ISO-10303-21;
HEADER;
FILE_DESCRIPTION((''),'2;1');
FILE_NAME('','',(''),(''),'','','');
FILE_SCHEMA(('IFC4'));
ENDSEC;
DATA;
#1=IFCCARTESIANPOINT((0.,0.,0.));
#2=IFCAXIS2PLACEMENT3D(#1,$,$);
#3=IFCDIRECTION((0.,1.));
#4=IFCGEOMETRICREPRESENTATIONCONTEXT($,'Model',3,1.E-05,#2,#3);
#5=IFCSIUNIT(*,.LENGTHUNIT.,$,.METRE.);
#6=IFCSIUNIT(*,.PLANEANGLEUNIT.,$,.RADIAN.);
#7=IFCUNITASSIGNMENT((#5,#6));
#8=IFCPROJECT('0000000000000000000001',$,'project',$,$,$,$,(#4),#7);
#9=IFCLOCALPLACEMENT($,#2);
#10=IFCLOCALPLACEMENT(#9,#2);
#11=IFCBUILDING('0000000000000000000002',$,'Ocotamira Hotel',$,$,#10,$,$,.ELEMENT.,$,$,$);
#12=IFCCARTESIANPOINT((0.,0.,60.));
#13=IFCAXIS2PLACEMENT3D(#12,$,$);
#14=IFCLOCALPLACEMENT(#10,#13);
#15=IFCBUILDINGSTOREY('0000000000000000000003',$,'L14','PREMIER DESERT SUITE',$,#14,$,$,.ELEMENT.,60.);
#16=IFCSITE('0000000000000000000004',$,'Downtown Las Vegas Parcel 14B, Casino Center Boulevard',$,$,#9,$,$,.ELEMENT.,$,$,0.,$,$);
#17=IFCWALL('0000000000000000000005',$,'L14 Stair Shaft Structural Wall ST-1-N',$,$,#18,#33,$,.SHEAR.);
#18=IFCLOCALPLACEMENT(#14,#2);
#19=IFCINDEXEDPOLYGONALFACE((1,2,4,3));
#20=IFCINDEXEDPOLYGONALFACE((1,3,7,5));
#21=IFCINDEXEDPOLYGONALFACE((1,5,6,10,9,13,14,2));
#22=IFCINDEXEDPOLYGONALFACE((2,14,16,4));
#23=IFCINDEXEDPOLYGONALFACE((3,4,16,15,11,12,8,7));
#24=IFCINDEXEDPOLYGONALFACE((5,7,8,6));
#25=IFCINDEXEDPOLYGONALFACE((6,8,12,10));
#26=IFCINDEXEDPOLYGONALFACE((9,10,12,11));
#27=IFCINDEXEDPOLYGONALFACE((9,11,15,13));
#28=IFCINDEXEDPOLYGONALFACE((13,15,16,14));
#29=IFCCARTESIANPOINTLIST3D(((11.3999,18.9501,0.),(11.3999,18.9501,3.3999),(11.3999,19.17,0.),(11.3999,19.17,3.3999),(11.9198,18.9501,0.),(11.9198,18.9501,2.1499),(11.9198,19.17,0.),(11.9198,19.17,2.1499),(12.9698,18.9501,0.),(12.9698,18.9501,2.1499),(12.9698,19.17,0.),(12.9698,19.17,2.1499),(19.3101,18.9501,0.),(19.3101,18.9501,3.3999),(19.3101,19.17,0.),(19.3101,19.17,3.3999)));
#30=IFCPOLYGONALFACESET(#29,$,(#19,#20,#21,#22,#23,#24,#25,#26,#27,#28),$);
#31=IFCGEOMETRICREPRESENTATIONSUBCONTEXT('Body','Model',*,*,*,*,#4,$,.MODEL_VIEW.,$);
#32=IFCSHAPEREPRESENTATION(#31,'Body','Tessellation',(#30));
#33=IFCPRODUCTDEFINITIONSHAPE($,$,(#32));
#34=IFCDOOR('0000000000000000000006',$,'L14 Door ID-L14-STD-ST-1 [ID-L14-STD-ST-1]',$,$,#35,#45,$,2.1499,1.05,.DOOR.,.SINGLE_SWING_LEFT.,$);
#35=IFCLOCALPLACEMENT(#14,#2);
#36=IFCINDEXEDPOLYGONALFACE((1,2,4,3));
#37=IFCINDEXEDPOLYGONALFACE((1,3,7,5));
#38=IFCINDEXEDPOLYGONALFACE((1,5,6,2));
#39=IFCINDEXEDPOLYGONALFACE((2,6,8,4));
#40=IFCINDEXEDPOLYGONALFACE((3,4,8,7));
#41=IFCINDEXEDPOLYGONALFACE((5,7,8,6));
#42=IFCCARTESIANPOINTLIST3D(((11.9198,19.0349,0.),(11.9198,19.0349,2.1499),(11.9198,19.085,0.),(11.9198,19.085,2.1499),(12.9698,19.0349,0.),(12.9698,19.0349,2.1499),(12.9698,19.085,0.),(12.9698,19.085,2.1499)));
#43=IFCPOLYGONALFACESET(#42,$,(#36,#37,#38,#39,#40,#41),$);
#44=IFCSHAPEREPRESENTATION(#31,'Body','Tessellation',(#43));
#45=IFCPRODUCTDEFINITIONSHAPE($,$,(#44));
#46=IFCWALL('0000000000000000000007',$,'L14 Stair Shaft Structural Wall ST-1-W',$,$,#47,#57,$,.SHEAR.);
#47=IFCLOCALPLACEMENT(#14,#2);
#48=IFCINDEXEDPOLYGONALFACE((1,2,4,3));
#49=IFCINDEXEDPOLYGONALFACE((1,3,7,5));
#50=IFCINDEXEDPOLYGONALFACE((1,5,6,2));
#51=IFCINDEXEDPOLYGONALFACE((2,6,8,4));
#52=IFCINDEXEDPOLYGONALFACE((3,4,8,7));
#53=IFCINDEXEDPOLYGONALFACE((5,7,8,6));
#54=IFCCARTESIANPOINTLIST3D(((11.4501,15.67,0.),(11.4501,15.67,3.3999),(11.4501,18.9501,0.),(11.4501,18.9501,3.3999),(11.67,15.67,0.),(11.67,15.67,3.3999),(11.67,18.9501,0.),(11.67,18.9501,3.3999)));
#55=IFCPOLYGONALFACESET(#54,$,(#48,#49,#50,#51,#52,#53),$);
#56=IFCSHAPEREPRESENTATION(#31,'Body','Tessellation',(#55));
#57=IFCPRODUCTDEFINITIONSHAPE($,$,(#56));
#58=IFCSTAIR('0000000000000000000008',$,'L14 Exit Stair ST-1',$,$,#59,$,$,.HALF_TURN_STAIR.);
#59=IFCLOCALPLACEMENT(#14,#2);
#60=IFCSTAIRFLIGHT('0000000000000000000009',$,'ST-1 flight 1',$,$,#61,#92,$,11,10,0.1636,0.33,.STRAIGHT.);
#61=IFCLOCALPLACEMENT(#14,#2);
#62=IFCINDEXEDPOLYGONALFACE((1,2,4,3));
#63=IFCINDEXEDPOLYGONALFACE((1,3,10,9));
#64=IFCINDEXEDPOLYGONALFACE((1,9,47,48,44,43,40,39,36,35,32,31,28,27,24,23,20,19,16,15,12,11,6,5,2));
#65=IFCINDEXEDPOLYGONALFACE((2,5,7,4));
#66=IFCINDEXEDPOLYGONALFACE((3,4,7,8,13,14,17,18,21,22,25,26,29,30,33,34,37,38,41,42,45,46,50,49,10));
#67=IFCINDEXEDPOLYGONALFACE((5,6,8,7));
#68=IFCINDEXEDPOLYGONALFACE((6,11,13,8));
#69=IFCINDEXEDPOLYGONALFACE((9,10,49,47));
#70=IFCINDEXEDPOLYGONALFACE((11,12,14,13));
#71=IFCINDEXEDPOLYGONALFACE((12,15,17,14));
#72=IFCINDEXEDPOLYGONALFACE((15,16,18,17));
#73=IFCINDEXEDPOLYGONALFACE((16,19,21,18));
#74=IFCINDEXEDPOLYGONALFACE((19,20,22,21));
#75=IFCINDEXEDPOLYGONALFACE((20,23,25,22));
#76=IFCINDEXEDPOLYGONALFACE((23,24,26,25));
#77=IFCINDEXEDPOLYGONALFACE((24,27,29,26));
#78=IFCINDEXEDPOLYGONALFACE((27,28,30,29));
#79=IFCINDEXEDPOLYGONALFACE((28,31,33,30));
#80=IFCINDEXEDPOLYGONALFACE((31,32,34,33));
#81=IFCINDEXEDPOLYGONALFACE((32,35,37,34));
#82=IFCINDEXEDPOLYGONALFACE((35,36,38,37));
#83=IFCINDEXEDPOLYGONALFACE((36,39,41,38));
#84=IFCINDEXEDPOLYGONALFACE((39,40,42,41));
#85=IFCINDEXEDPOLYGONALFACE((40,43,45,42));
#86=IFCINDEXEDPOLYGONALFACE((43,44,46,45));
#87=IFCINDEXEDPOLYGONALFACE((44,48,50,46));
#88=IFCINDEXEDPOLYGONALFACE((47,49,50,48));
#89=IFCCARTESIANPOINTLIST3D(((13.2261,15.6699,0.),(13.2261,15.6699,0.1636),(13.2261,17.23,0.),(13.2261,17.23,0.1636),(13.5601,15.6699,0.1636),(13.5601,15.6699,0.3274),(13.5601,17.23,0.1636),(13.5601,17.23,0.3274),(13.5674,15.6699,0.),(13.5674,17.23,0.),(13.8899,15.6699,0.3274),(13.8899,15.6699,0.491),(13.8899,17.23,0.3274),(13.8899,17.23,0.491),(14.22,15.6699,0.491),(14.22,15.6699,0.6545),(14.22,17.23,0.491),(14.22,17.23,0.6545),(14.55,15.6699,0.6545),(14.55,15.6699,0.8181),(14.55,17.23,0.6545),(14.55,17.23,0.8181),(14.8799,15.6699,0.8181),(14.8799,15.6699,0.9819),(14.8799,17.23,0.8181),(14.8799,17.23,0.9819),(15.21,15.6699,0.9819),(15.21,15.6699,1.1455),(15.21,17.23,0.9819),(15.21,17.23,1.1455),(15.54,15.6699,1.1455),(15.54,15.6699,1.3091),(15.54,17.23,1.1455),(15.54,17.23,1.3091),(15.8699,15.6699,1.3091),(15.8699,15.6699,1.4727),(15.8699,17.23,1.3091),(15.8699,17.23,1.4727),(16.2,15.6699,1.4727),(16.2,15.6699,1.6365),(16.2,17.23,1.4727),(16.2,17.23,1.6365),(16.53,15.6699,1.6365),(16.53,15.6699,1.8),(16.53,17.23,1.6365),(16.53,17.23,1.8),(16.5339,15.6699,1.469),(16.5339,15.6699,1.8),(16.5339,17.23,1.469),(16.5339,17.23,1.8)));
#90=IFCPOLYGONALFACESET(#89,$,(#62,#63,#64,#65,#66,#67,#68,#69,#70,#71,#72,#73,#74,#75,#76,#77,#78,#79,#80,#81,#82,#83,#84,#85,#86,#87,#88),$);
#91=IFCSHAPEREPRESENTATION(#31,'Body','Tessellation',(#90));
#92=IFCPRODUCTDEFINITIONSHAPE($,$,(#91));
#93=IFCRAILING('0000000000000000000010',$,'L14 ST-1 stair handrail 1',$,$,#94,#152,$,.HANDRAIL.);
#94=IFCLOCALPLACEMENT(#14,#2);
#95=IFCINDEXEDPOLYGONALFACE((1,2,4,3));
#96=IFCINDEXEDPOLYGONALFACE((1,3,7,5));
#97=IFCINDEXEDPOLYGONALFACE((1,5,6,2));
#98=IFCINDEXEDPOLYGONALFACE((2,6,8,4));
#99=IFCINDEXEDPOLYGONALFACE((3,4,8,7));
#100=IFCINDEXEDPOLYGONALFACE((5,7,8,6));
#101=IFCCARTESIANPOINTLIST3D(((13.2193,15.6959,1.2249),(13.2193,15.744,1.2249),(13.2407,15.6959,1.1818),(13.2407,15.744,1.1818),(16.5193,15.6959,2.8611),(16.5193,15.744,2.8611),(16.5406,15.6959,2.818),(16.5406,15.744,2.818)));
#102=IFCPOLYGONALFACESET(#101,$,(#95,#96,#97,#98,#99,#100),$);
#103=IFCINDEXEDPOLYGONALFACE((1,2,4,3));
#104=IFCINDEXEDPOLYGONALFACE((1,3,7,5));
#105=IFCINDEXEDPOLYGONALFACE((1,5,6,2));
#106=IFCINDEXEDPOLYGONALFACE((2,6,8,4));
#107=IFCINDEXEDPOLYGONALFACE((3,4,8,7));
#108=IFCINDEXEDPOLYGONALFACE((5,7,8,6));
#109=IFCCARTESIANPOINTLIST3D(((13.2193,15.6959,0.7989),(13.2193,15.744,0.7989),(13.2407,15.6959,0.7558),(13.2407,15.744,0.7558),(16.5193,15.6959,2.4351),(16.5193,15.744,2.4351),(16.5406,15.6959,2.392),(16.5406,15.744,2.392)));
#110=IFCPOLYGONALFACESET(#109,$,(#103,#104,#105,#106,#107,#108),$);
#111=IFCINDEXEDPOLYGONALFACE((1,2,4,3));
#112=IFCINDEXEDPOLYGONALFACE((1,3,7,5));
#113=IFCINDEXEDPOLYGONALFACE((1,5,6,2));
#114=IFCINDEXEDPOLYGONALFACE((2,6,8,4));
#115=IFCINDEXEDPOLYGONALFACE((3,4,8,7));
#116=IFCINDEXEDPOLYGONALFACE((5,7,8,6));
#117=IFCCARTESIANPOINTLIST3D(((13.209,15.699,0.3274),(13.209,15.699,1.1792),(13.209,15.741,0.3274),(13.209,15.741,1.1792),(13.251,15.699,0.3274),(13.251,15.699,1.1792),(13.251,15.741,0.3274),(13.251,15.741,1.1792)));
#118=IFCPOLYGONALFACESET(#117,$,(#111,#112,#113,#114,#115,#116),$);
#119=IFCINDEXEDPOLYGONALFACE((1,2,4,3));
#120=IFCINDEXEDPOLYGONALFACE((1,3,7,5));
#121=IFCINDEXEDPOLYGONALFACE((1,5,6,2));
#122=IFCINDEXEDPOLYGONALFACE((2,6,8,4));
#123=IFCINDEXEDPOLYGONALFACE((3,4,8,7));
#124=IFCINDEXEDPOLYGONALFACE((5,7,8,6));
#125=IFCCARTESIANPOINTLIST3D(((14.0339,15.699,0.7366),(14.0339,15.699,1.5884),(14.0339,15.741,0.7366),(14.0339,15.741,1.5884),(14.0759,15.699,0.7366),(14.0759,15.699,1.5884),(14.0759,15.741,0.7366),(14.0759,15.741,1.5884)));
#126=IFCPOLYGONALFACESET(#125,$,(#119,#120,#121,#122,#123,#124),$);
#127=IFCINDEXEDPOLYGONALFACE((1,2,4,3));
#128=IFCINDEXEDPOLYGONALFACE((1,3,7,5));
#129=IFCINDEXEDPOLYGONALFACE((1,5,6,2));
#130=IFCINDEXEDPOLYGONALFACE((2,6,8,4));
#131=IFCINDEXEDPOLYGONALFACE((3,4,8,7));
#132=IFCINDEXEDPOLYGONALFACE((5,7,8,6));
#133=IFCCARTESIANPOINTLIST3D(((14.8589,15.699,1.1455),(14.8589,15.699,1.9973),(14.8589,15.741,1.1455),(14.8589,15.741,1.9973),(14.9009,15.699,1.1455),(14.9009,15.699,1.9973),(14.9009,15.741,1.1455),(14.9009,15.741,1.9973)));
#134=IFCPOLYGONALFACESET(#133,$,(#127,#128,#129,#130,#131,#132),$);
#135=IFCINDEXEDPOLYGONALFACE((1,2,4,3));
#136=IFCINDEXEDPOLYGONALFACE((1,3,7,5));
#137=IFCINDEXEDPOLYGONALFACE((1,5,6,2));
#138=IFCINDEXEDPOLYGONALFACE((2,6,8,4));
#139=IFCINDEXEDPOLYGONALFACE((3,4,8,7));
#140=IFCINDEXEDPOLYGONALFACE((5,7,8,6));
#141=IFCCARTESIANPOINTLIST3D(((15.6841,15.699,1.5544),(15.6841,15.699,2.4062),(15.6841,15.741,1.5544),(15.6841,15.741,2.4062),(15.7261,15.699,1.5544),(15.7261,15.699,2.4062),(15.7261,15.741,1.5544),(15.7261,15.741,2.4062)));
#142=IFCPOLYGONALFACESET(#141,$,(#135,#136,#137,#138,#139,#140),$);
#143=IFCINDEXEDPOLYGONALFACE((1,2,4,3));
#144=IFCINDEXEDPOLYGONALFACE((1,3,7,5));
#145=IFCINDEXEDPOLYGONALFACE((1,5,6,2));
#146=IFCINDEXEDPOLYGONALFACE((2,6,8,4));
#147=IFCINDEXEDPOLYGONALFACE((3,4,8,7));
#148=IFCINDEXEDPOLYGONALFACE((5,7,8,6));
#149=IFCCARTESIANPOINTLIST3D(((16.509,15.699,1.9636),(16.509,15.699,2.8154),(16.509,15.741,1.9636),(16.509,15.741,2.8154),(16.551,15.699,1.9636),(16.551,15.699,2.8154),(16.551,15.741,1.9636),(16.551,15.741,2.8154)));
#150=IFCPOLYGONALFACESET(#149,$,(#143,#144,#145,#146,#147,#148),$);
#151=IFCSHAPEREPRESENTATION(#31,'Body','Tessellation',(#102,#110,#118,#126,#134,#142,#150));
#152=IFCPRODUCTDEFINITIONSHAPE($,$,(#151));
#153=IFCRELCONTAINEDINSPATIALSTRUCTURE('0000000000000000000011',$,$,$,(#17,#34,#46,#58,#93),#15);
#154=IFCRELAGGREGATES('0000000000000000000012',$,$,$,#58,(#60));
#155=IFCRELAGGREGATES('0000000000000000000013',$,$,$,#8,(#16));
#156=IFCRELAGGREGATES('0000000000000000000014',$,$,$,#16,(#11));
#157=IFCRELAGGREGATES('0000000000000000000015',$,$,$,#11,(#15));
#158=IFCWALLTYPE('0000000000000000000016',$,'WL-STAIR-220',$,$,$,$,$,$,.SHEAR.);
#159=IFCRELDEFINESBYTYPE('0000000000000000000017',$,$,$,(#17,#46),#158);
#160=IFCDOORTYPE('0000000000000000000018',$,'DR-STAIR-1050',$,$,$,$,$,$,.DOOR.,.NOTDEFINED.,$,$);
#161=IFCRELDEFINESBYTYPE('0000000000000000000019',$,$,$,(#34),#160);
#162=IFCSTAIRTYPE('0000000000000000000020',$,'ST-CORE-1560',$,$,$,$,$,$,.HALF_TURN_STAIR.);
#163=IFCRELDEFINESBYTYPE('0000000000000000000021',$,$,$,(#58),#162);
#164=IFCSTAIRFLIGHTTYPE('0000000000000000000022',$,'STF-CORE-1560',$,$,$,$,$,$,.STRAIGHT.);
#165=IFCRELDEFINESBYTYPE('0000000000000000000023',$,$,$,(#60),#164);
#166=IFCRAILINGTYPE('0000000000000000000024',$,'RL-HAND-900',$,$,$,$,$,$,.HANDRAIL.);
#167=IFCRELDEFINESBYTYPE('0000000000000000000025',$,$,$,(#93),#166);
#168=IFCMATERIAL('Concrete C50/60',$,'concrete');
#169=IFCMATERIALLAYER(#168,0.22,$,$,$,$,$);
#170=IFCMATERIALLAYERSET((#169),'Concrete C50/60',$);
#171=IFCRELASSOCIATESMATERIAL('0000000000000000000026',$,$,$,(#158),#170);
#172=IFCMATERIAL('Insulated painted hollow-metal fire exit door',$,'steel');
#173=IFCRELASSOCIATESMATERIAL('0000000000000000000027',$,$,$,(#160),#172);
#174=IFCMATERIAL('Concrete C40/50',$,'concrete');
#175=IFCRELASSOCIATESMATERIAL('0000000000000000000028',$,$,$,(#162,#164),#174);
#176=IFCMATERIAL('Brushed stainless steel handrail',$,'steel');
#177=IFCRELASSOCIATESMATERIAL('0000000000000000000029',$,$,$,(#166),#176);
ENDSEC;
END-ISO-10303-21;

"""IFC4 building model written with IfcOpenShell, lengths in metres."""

from ifc_helpers import new_model, si_unit, direction, frame, frame_2d, origin, origin_2d, place, context, subcontext, project, spatial, polyline, rectangle, outline, extrude, source, transform, mapped, material, layer, layer_set, type_object, element, fill, aggregate, save


model = new_model("IFC4")

# Units and contexts
model_context = context("Model", 3, precision=1e-05, world=origin(), true_north=direction((0.0, 1.0)))
body_context = subcontext(model_context, "Body", "Model", "MODEL_VIEW")
ifc_project = project(units=[si_unit("LENGTHUNIT", "METRE"), si_unit("PLANEANGLEUNIT", "RADIAN")], contexts=[model_context])

# Site, building, storey
site_placement = place(None, origin())
site = spatial("IfcSite", under=ifc_project, at=site_placement, Name="Downtown Las Vegas Parcel 14B, Casino Center Boulevard", CompositionType="ELEMENT", RefElevation=0.0)
building_placement = place(site_placement, origin())
building = spatial("IfcBuilding", under=site, at=building_placement, Name="Ocotamira Hotel", CompositionType="ELEMENT")
storey_placement = place(building_placement, frame((0.0, 0.0, 60.0)))
storey = spatial("IfcBuildingStorey", under=building, at=storey_placement, Name="L14", Description="PREMIER DESERT SUITE", CompositionType="ELEMENT", Elevation=60.0)

# Shared definitions
ifc_material_1 = material(Name="Concrete C50/60", Category="concrete")
ifc_layer_1 = layer(ifc_material_1, 0.22)
ifc_layer_set_1 = layer_set([ifc_layer_1], Name="Concrete C50/60")
wall_type_1 = type_object("IfcWallType", Name="WL-STAIR-220", PredefinedType="SHEAR", material=ifc_layer_set_1)

# Wall, opening, door
wall_1_placement = place(storey_placement, frame((11.3999, 19.0601, 0.0), z_axis=(0.0, 0.0, 1.0), x_axis=(1.0, 0.0, 0.0)))
wall_1 = element("IfcWall", 1, at=wall_1_placement, inside=storey, type_object=wall_type_1, Name="L14 Stair Shaft Structural Wall ST-1-N", PredefinedType="SHEAR", context=body_context, shape_type="SweptSolid", body=[
    extrude(rectangle(XDim=7.9102, YDim=0.22, at=frame_2d((3.9551, 0.0))), origin(), (0.0, 0.0, 1.0), 3.3999),
])
opening_1_placement = place(wall_1_placement, frame((0.52, 0.0, 0.0)))
opening_1 = element("IfcOpeningElement", 2, at=opening_1_placement, cuts=wall_1, PredefinedType="OPENING", context=body_context, shape_type="SweptSolid", body=[
    extrude(rectangle(XDim=1.05, YDim=2.1499, at=frame_2d((0.5249, 1.075))), frame((0.0, 0.1201, 0.0), z_axis=(0.0, -1.0, 0.0), x_axis=(1.0, 0.0, 0.0)), (0.0, 0.0, 1.0), 0.24),
])
ifc_material_2 = material(Name="Insulated painted hollow-metal fire exit door", Category="steel")
door_type_1 = type_object("IfcDoorType", Name="DR-STAIR-1050", OperationType="NOTDEFINED", PredefinedType="DOOR", material=ifc_material_2)
shared_shape_1 = source(origin(), body_context, "Body", "SweptSolid", [
    extrude(rectangle(XDim=1.05, YDim=2.1499, at=frame_2d((0.5249, 1.075))), frame((0.0, 0.0249, 0.0), z_axis=(0.0, -1.0, 0.0), x_axis=(1.0, 0.0, 0.0)), (0.0, 0.0, 1.0), 0.05),
])
door_1_placement = place(opening_1_placement, origin())
door_1 = element("IfcDoor", 3, at=door_1_placement, inside=storey, type_object=door_type_1, Name="L14 Door ID-L14-STD-ST-1 [ID-L14-STD-ST-1]", OperationType="SINGLE_SWING_LEFT", OverallHeight=2.1499, OverallWidth=1.05, PredefinedType="DOOR", context=body_context, shape_type="MappedRepresentation", body=[
    mapped(shared_shape_1, transform((0.0, 0.0, 0.0), scale=1.0)),
])
fill(opening_1, door_1)

# Wall
wall_2_placement = place(storey_placement, frame((11.5601, 15.6699, 0.0), z_axis=(0.0, 0.0, 1.0), x_axis=(0.0, 1.0, 0.0)))
element("IfcWall", 4, at=wall_2_placement, inside=storey, type_object=wall_type_1, Name="L14 Stair Shaft Structural Wall ST-1-W", PredefinedType="SHEAR", context=body_context, shape_type="SweptSolid", body=[
    extrude(rectangle(XDim=3.28, YDim=0.22, at=frame_2d((1.6401, 0.0))), origin(), (0.0, 0.0, 1.0), 3.3999),
])

# Stair, stair flight
ifc_material_3 = material(Name="Concrete C40/50", Category="concrete")
stair_type = type_object("IfcStairType", Name="ST-CORE-1560", PredefinedType="HALF_TURN_STAIR", material=ifc_material_3)
stair_placement = place(storey_placement, origin())
stair = element("IfcStair", 5, at=stair_placement, inside=storey, type_object=stair_type, Name="L14 Exit Stair ST-1", PredefinedType="HALF_TURN_STAIR")
stair_flight_type = type_object("IfcStairFlightType", Name="STF-CORE-1560", PredefinedType="STRAIGHT", material=ifc_material_3)
shared_shape_2 = source(origin(), body_context, "Body", "SweptSolid", [
    extrude(outline(polyline([(-0.0039, 0.0), (-0.0039, 0.1636), (0.3301, 0.1636), (0.3301, 0.3274), (0.6599, 0.3274), (0.6599, 0.491), (0.99, 0.491), (0.99, 0.6545), (1.3201, 0.6545), (1.3201, 0.8181), (1.6499, 0.8181), (1.6499, 0.9819), (1.98, 0.9819), (1.98, 1.1455), (2.3101, 1.1455), (2.3101, 1.3091), (2.6399, 1.3091), (2.6399, 1.4727), (2.97, 1.4727), (2.97, 1.6365), (3.3, 1.6365), (3.3, 1.8), (3.304, 1.8), (3.304, 1.469), (0.3374, 0.0), (-0.0039, 0.0)])), frame((0.0, 0.78, 0.0), z_axis=(0.0, -1.0, 0.0), x_axis=(1.0, 0.0, 0.0)), (0.0, 0.0, 1.0), 1.5601),
])
stair_flight_placement = place(storey_placement, frame((13.23, 16.45, 0.0), z_axis=(0.0, 0.0, 1.0), x_axis=(1.0, 0.0, 0.0)))
stair_flight = element("IfcStairFlight", 6, at=stair_flight_placement, type_object=stair_flight_type, Name="ST-1 flight 1", NumberOfRisers=11, NumberOfTreads=10, PredefinedType="STRAIGHT", RiserHeight=0.1636, TreadLength=0.33, context=body_context, shape_type="MappedRepresentation", body=[
    mapped(shared_shape_2, transform((0.0, 0.0, 0.0), scale=1.0)),
])
aggregate(stair, [stair_flight])

# Railing
ifc_material_4 = material(Name="Brushed stainless steel handrail", Category="steel")
railing_type_1 = type_object("IfcRailingType", Name="RL-HAND-900", PredefinedType="HANDRAIL", material=ifc_material_4)
railing_1_placement = place(storey_placement, frame((13.23, 15.72, 0.3274)))
element("IfcRailing", 7, at=railing_1_placement, inside=storey, type_object=railing_type_1, Name="L14 ST-1 stair handrail 1", PredefinedType="HANDRAIL", context=body_context, shape_type="SweptSolid", body=[
    extrude(rectangle(XDim=0.0481, YDim=0.0481, at=origin_2d()), frame((0.0, 0.0, 0.876), z_axis=(0.89592, 0.0, 0.444215), x_axis=(0.0, 1.0, 0.0)), (0.0, 0.0, 1.0), 3.6833),
    extrude(rectangle(XDim=0.0481, YDim=0.0481, at=origin_2d()), frame((0.0, 0.0, 0.45), z_axis=(0.89592, 0.0, 0.444215), x_axis=(0.0, 1.0, 0.0)), (0.0, 0.0, 1.0), 3.6833),
    extrude(rectangle(XDim=0.042, YDim=0.042, at=origin_2d()), origin(), (0.0, 0.0, 1.0), 0.8518),
    extrude(rectangle(XDim=0.042, YDim=0.042, at=origin_2d()), frame((0.825, 0.0, 0.4092)), (0.0, 0.0, 1.0), 0.8518),
    extrude(rectangle(XDim=0.042, YDim=0.042, at=origin_2d()), frame((1.6499, 0.0, 0.8181)), (0.0, 0.0, 1.0), 0.8518),
    extrude(rectangle(XDim=0.042, YDim=0.042, at=origin_2d()), frame((2.4751, 0.0, 1.2271)), (0.0, 0.0, 1.0), 0.8518),
    extrude(rectangle(XDim=0.042, YDim=0.042, at=origin_2d()), frame((3.3, 0.0, 1.6362)), (0.0, 0.0, 1.0), 0.8518),
])

save(model, "model.ifc")
